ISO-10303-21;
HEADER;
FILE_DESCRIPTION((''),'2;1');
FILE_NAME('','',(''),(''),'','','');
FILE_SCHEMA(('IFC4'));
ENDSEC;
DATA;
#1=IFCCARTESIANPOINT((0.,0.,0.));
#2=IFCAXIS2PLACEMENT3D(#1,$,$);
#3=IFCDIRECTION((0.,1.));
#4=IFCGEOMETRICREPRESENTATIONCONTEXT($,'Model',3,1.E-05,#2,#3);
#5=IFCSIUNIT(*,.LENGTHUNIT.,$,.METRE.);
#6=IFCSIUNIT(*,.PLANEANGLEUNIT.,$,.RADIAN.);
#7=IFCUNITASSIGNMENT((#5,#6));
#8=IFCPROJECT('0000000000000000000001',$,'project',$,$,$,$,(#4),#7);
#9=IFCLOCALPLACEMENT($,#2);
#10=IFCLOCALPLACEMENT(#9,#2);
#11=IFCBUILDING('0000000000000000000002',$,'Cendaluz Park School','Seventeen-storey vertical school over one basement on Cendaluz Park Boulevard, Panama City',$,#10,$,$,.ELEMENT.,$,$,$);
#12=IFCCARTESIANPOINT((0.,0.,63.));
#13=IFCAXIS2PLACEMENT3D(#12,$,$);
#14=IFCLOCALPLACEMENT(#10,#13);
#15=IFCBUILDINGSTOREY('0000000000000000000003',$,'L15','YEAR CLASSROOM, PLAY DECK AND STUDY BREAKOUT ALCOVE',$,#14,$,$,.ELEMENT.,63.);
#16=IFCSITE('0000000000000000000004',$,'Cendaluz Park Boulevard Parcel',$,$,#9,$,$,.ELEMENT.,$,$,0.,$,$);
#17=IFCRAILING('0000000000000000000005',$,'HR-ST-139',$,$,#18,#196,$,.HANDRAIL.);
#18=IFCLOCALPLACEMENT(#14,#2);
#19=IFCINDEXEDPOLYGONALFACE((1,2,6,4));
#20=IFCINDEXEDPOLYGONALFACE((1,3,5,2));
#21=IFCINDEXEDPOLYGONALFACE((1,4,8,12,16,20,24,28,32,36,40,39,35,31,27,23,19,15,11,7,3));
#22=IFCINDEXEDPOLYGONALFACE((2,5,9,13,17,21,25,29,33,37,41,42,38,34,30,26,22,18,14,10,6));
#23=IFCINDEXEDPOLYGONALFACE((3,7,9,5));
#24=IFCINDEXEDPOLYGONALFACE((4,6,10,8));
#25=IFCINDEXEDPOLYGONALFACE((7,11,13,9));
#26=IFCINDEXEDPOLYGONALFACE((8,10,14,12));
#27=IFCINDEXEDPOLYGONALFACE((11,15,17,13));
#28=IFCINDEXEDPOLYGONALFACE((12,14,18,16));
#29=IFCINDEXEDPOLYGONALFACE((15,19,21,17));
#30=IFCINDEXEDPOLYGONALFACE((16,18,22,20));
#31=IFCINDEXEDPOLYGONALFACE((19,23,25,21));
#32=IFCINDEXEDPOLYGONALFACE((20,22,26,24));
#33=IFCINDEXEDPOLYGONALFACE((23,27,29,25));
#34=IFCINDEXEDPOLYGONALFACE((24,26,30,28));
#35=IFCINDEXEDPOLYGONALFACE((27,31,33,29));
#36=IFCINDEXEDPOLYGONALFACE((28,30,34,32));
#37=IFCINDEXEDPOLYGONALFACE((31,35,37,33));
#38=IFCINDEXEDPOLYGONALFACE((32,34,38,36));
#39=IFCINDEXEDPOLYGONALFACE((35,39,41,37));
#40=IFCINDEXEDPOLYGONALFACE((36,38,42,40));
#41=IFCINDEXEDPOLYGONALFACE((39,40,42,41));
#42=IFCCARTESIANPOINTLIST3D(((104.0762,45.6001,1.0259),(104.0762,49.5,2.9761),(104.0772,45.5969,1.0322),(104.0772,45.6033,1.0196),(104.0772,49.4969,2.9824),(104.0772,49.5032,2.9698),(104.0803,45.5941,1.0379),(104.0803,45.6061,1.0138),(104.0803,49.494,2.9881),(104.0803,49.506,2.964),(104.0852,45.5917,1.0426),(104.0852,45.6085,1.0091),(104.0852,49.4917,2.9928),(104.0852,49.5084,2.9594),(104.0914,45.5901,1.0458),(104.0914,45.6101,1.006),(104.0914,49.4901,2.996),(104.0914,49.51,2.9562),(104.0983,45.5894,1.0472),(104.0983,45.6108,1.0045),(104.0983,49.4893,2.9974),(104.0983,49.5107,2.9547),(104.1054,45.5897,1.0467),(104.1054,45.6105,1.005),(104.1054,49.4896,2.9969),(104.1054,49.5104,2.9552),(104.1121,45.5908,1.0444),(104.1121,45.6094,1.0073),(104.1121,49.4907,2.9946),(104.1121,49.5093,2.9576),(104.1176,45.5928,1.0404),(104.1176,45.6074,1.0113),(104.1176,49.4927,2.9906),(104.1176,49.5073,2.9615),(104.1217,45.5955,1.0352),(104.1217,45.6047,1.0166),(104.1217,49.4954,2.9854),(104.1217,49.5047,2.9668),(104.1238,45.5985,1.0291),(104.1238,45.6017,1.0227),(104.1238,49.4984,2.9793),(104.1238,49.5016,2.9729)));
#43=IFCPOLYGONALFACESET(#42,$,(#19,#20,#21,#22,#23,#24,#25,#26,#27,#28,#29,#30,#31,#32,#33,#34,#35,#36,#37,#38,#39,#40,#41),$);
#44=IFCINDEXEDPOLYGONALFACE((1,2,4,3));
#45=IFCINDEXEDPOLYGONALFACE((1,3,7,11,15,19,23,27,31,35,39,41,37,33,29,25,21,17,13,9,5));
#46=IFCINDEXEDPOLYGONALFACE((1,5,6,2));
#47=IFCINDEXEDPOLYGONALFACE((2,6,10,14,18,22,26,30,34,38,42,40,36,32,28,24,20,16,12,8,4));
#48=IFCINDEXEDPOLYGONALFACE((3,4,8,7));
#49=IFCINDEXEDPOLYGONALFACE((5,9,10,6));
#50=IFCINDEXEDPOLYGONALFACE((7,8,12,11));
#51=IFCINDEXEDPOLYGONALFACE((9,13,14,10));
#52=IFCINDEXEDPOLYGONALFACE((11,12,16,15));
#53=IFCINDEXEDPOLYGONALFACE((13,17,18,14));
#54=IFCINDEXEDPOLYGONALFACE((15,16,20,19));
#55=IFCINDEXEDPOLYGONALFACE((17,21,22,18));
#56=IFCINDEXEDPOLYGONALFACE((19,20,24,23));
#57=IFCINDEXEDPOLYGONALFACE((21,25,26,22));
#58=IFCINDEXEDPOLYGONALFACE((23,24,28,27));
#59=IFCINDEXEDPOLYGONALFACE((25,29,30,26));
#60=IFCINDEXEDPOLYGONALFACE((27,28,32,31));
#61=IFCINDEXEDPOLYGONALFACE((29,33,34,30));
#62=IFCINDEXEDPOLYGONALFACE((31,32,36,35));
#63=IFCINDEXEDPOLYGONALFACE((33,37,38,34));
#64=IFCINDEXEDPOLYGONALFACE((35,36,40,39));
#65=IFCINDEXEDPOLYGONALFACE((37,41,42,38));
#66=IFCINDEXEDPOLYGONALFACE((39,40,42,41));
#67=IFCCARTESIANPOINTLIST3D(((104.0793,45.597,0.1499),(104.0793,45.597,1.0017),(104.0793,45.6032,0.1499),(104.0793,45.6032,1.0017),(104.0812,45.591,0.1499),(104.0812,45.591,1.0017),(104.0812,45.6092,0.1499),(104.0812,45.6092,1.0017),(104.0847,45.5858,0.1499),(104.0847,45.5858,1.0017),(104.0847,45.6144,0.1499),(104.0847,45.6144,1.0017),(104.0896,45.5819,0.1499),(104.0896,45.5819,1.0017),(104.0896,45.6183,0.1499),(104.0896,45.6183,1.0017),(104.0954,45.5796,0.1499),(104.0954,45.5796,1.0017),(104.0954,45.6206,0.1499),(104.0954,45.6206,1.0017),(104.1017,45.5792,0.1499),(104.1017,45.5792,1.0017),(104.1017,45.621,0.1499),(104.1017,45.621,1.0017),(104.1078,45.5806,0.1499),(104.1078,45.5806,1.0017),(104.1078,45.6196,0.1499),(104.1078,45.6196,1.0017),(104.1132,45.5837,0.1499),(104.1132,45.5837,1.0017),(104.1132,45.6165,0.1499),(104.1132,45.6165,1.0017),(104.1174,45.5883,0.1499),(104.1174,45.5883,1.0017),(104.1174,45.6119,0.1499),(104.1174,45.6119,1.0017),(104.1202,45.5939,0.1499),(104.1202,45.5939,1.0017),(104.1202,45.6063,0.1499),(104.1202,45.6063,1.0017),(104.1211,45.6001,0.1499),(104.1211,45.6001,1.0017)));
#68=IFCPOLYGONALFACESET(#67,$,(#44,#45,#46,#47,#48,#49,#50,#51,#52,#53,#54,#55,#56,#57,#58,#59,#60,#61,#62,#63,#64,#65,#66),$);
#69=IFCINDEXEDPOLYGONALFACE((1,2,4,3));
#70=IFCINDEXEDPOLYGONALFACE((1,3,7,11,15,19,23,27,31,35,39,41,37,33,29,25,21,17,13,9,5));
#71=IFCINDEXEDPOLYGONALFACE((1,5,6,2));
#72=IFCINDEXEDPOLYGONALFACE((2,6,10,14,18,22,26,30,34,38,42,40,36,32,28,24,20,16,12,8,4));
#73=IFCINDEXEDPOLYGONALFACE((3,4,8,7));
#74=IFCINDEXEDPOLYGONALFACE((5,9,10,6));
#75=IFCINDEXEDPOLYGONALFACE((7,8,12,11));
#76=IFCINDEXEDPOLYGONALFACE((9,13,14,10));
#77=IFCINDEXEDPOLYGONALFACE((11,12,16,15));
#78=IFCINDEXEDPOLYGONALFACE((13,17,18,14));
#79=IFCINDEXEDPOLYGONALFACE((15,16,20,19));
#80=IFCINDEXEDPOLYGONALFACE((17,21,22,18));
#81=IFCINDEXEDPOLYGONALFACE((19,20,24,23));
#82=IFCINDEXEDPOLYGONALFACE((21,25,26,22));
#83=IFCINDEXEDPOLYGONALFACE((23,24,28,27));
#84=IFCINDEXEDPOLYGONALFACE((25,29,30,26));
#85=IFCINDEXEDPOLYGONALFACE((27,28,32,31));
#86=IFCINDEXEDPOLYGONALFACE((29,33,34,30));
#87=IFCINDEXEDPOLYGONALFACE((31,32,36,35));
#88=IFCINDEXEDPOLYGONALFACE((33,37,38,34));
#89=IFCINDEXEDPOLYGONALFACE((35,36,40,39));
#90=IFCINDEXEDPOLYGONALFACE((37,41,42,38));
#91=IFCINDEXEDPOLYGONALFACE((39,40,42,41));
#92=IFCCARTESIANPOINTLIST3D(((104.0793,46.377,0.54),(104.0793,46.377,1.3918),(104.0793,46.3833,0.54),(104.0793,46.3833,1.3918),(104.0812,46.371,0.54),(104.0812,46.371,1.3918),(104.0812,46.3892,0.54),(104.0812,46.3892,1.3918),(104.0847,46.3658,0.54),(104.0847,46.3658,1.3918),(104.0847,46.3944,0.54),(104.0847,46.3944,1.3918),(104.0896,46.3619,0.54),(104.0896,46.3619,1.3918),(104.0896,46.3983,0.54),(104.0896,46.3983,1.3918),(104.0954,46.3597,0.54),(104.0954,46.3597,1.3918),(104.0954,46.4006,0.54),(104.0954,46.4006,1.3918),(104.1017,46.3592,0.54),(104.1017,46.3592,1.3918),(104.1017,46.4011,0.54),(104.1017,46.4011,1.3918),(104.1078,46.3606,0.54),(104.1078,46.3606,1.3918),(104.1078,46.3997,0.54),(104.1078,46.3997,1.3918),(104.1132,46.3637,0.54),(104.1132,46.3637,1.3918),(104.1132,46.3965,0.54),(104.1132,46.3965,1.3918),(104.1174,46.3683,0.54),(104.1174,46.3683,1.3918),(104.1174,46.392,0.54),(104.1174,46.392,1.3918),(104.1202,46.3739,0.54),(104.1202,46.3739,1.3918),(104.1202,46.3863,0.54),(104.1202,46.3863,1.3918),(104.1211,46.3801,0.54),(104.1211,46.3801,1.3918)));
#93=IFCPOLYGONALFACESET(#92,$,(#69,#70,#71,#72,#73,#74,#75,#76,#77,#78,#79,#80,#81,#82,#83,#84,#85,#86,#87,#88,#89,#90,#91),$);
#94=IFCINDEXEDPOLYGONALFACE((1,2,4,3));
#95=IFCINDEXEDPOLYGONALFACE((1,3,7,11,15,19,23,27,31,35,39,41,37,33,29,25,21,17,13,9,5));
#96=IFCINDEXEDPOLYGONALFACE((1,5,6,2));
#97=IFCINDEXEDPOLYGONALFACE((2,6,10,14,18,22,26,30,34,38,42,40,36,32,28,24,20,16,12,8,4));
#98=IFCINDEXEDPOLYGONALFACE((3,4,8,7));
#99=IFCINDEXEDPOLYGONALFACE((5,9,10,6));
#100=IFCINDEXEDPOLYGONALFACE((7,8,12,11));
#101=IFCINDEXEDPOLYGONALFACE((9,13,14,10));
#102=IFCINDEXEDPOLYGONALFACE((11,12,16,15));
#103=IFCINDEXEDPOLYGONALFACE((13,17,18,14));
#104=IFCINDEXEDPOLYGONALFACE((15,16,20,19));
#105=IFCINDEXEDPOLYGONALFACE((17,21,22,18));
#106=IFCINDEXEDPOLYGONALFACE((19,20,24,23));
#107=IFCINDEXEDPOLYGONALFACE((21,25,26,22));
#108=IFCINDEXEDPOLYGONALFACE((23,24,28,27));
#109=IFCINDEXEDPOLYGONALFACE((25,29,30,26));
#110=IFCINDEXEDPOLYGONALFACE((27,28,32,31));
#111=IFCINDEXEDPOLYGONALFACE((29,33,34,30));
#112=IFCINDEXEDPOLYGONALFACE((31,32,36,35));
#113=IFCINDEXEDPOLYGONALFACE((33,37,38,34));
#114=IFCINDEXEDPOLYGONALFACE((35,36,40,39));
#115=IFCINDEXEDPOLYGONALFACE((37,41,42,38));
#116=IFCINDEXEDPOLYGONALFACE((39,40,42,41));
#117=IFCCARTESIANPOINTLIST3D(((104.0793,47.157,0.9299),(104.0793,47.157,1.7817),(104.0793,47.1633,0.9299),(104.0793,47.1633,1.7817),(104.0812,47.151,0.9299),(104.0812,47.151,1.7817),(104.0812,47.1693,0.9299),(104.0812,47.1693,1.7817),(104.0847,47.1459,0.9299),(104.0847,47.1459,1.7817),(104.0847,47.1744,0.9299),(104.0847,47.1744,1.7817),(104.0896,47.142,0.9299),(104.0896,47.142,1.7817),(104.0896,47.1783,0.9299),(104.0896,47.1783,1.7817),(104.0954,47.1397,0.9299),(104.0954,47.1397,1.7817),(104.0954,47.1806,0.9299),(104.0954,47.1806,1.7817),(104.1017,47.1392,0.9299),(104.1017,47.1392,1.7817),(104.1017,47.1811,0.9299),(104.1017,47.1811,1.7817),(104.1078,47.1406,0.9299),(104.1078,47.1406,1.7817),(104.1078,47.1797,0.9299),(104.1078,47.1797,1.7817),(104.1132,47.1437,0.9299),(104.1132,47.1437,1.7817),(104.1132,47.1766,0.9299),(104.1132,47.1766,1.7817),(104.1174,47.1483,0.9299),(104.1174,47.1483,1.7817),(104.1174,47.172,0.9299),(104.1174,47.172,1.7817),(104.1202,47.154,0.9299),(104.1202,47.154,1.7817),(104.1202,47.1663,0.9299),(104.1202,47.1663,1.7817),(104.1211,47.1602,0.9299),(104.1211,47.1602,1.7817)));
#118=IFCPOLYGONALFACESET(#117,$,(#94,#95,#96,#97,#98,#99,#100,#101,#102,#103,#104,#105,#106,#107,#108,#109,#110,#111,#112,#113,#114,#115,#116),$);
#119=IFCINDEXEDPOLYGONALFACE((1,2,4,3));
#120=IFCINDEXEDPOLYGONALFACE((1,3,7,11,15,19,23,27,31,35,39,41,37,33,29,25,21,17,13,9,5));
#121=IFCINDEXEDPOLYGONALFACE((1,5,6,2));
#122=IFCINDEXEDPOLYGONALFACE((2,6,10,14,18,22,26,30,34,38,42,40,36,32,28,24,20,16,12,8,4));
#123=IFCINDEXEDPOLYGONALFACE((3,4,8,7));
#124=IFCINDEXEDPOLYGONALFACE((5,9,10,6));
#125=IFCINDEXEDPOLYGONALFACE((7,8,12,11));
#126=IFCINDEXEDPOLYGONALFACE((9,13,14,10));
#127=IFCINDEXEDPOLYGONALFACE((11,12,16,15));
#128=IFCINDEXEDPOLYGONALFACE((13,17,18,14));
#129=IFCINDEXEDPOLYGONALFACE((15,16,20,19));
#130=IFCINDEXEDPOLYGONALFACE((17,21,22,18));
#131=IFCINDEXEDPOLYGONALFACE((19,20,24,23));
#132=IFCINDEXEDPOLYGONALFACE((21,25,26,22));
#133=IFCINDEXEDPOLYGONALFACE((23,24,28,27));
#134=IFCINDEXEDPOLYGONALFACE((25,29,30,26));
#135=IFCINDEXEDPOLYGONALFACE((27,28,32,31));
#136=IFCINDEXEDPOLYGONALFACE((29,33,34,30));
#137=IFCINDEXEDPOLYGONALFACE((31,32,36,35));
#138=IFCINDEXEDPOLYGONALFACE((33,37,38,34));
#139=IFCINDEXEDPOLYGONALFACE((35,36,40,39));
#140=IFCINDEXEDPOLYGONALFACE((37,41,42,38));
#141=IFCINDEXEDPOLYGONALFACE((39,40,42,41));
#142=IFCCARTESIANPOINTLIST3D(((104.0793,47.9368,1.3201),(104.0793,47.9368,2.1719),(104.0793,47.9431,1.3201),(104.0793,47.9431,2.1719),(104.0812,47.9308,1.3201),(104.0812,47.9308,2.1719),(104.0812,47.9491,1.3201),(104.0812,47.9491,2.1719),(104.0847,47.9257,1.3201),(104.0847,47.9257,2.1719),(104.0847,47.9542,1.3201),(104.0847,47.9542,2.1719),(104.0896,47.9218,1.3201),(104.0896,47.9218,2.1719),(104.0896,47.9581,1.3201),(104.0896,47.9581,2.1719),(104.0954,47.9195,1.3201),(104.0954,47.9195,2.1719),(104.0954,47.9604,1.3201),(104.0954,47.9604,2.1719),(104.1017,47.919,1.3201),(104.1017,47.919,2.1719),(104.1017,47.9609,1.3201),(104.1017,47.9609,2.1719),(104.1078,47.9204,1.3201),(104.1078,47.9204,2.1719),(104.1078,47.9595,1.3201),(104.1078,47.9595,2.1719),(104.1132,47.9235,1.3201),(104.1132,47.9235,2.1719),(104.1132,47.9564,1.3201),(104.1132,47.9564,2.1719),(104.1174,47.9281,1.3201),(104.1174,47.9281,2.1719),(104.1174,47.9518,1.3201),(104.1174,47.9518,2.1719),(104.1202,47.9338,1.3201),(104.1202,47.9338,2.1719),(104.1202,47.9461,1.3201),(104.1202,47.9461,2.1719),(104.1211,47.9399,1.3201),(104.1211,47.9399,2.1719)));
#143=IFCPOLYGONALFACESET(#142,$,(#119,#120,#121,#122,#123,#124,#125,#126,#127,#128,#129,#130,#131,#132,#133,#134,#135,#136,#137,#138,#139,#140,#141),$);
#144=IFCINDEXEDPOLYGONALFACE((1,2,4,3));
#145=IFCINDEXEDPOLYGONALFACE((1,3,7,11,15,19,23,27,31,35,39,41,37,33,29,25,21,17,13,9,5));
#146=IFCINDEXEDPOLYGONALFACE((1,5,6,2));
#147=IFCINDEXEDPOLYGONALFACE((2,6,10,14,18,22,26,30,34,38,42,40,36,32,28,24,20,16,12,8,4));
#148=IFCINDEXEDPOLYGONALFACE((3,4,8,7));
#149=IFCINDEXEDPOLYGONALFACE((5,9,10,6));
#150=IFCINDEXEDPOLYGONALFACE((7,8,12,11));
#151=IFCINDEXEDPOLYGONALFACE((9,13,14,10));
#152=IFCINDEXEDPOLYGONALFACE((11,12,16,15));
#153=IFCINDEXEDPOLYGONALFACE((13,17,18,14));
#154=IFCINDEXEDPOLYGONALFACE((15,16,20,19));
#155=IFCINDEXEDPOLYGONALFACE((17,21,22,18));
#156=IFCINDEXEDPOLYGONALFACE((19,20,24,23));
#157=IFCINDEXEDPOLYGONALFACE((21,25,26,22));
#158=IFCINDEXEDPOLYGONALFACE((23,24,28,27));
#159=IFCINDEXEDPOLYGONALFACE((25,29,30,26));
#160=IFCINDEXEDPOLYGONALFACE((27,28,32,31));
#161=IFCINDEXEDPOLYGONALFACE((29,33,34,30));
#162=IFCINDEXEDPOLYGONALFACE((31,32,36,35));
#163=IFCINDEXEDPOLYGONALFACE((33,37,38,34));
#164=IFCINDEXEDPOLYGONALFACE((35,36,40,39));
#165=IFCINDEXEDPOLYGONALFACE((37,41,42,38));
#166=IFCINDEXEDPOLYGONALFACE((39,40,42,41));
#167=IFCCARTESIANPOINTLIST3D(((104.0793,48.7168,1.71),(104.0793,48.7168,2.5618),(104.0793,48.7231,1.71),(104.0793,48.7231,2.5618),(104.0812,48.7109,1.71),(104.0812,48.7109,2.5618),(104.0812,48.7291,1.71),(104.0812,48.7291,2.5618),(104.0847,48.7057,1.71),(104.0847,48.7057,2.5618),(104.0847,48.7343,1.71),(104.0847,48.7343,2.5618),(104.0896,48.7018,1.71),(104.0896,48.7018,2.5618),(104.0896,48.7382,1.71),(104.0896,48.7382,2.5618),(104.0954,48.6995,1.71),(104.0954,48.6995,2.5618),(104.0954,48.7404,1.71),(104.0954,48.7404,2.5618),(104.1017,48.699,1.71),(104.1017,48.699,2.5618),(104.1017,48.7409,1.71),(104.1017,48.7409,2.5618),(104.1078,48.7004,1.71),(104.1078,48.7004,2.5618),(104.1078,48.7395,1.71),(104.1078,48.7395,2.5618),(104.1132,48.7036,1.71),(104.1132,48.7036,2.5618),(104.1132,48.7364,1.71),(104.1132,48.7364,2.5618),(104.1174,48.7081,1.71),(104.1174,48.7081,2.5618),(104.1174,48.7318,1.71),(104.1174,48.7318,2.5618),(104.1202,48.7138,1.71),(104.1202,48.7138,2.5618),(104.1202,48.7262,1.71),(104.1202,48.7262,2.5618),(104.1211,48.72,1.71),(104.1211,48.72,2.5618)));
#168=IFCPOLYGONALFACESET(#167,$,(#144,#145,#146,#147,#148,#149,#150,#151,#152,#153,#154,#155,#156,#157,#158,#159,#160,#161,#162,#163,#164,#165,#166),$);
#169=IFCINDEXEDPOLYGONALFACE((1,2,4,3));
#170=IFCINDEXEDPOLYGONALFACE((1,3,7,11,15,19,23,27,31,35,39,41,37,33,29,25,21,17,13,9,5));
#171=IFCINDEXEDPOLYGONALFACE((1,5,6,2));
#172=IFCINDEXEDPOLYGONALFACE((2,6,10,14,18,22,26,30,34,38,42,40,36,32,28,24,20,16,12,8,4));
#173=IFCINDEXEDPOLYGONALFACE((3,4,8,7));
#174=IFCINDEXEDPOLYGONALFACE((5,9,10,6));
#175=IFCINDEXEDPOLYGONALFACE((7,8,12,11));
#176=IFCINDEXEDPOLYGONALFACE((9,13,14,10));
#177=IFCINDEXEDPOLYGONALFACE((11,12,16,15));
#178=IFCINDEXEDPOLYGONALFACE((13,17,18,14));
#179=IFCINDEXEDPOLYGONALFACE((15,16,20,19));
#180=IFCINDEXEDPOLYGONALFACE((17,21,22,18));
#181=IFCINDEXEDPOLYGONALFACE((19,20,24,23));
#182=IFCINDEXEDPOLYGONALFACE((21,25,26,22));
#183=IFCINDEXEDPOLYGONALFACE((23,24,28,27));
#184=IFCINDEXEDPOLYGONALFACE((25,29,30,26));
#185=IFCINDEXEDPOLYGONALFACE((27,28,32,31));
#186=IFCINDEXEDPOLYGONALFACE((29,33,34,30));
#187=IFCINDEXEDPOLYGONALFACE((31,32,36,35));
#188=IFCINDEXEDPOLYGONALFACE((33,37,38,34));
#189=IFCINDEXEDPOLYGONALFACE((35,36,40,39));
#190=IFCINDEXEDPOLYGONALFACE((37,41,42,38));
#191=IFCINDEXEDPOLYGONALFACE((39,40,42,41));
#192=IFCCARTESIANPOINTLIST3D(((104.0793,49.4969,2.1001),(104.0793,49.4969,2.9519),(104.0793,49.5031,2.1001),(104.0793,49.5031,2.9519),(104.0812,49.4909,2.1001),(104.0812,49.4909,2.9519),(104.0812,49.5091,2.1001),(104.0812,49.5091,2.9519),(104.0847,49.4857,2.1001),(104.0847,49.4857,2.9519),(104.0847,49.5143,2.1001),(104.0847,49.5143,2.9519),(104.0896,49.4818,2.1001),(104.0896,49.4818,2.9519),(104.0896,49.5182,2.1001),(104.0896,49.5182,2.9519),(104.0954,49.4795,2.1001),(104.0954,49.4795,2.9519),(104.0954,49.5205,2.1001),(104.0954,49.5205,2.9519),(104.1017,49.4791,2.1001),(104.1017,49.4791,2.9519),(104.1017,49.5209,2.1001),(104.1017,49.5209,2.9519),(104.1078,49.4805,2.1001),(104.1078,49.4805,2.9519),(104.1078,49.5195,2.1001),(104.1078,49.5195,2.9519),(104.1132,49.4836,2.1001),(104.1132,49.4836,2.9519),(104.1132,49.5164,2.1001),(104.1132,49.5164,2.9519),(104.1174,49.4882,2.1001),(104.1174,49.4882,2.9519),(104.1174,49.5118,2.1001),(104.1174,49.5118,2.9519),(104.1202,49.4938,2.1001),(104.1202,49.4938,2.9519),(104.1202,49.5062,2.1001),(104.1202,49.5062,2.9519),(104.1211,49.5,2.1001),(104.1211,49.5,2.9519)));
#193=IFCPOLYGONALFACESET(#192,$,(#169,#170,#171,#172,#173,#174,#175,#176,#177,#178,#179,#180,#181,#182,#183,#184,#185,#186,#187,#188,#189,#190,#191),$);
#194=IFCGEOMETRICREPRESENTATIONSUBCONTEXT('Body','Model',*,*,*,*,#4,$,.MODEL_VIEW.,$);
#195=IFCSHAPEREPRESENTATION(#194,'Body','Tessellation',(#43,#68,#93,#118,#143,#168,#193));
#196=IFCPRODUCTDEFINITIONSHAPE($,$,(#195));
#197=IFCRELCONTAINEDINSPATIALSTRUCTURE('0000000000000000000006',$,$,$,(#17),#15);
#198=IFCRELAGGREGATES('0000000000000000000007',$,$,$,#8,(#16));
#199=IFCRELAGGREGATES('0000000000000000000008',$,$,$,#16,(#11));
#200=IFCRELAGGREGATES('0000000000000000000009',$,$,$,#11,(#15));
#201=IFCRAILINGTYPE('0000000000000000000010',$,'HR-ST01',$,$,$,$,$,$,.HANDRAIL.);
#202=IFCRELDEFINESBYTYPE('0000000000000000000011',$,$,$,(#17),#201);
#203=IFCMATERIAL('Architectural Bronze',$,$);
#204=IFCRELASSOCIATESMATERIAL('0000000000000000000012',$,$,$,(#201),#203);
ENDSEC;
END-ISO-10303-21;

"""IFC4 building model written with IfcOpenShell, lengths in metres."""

from ifc_helpers import new_model, si_unit, direction, frame, origin, origin_2d, place, context, subcontext, project, spatial, circle, extrude, material, type_object, element, save


model = new_model("IFC4")

# Units and contexts
model_context = context("Model", 3, precision=1e-05, world=origin(), true_north=direction((0.0, 1.0)))
body_context = subcontext(model_context, "Body", "Model", "MODEL_VIEW")
ifc_project = project(units=[si_unit("LENGTHUNIT", "METRE"), si_unit("PLANEANGLEUNIT", "RADIAN")], contexts=[model_context])

# Site, building, storey
site_placement = place(None, origin())
site = spatial("IfcSite", under=ifc_project, at=site_placement, Name="Cendaluz Park Boulevard Parcel", CompositionType="ELEMENT", RefElevation=0.0)
building_placement = place(site_placement, origin())
building = spatial("IfcBuilding", under=site, at=building_placement, Name="Cendaluz Park School", Description="Seventeen-storey vertical school over one basement on Cendaluz Park Boulevard, Panama City", CompositionType="ELEMENT")
storey_placement = place(building_placement, frame((0.0, 0.0, 63.0)))
storey = spatial("IfcBuildingStorey", under=building, at=storey_placement, Name="L15", Description="YEAR CLASSROOM, PLAY DECK AND STUDY BREAKOUT ALCOVE", CompositionType="ELEMENT", Elevation=63.0)

# Railing
ifc_material_1 = material(Name="Architectural Bronze")
railing_type_1 = type_object("IfcRailingType", Name="HR-ST01", PredefinedType="HANDRAIL", material=ifc_material_1)
railing_1_placement = place(storey_placement, frame((104.1001, 45.6001, 0.1499)))
element("IfcRailing", 1, at=railing_1_placement, inside=storey, type_object=railing_type_1, Name="HR-ST-139", PredefinedType="HANDRAIL", context=body_context, shape_type="SweptSolid", body=[
    extrude(circle(Radius=0.0239, at=origin_2d()), frame((0.0, 0.0, 0.876), z_axis=(0.0, 0.894405, 0.447258), x_axis=(-1.0, 0.0, 0.0)), (0.0, 0.0, 1.0), 4.3604),
    extrude(circle(Radius=0.021, at=origin_2d()), origin(), (0.0, 0.0, 1.0), 0.8518),
    extrude(circle(Radius=0.021, at=origin_2d()), frame((0.0, 0.78, 0.3901)), (0.0, 0.0, 1.0), 0.8518),
    extrude(circle(Radius=0.021, at=origin_2d()), frame((0.0, 1.5601, 0.78)), (0.0, 0.0, 1.0), 0.8518),
    extrude(circle(Radius=0.021, at=origin_2d()), frame((0.0, 2.3398, 1.1702)), (0.0, 0.0, 1.0), 0.8518),
    extrude(circle(Radius=0.021, at=origin_2d()), frame((0.0, 3.1199, 1.5601)), (0.0, 0.0, 1.0), 0.8518),
    extrude(circle(Radius=0.021, at=origin_2d()), frame((0.0, 3.8999, 1.9502)), (0.0, 0.0, 1.0), 0.8518),
])

save(model, "model.ifc")
